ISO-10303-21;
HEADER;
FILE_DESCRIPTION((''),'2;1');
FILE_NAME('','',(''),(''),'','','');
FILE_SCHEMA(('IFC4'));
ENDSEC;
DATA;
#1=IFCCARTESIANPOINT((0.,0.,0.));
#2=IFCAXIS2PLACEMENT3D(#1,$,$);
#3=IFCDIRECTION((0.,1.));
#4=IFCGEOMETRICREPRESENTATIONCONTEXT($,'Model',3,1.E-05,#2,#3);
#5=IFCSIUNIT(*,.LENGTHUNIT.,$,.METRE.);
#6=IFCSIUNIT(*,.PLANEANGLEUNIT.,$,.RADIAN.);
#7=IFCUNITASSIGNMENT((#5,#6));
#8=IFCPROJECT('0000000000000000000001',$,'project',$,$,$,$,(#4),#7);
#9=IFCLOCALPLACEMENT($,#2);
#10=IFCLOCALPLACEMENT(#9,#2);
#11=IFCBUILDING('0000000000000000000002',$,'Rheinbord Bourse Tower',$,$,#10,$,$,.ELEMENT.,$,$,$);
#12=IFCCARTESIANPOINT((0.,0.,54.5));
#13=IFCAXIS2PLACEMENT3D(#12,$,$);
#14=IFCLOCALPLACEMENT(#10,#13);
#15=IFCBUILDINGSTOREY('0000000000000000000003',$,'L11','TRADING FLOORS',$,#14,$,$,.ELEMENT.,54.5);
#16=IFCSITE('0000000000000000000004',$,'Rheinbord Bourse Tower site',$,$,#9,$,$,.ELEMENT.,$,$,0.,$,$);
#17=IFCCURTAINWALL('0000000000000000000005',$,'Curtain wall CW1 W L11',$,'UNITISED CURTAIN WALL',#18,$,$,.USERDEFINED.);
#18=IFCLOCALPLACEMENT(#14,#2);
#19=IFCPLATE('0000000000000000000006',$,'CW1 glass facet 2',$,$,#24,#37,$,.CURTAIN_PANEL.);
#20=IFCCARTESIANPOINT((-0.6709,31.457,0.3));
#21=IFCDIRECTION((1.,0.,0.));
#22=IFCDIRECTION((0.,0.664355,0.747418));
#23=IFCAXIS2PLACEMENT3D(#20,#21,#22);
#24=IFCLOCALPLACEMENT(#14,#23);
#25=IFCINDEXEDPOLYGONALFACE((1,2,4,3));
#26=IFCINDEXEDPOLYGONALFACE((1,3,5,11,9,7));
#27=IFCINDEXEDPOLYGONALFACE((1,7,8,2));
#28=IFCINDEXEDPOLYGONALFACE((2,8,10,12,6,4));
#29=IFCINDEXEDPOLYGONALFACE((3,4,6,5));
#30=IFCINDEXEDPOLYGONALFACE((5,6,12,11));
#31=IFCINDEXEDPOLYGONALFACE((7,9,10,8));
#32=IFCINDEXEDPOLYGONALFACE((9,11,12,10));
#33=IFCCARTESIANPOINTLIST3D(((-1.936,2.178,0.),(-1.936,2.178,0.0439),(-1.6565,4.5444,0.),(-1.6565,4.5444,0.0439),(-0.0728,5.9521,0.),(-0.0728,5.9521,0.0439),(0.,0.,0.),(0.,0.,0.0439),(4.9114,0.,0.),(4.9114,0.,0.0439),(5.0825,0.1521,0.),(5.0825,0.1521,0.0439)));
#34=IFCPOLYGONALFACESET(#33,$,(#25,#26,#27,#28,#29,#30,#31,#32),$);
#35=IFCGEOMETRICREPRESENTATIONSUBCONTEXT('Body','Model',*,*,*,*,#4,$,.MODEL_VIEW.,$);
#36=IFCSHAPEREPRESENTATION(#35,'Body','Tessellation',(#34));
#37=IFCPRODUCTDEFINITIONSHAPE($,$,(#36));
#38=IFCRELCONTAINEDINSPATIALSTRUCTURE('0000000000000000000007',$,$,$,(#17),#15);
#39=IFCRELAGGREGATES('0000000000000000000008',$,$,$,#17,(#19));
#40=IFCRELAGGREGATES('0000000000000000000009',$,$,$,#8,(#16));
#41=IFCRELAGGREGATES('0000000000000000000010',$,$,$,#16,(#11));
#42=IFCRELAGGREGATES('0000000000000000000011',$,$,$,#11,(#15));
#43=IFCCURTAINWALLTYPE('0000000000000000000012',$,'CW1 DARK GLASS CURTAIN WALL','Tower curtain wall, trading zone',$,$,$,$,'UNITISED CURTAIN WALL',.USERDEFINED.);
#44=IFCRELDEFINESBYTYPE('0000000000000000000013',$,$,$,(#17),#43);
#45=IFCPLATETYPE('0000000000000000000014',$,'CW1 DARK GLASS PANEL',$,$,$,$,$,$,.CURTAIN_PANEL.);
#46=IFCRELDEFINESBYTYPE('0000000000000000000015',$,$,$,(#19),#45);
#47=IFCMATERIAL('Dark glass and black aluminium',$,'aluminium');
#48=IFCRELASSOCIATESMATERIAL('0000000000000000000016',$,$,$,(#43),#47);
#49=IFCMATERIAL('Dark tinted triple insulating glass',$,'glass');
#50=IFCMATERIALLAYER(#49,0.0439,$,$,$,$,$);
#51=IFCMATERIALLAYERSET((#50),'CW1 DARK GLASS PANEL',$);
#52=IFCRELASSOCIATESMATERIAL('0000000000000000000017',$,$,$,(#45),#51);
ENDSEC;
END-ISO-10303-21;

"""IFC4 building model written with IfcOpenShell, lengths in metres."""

from ifc_helpers import new_model, si_unit, direction, frame, origin, place, context, subcontext, project, spatial, polyline, outline, extrude, material, layer, layer_set, type_object, element, aggregate, save


model = new_model("IFC4")

# Units and contexts
model_context = context("Model", 3, precision=1e-05, world=origin(), true_north=direction((0.0, 1.0)))
body_context = subcontext(model_context, "Body", "Model", "MODEL_VIEW")
ifc_project = project(units=[si_unit("LENGTHUNIT", "METRE"), si_unit("PLANEANGLEUNIT", "RADIAN")], contexts=[model_context])

# Site, building, storey
site_placement = place(None, origin())
site = spatial("IfcSite", under=ifc_project, at=site_placement, Name="Rheinbord Bourse Tower site", CompositionType="ELEMENT", RefElevation=0.0)
building_placement = place(site_placement, origin())
building = spatial("IfcBuilding", under=site, at=building_placement, Name="Rheinbord Bourse Tower", CompositionType="ELEMENT")
storey_placement = place(building_placement, frame((0.0, 0.0, 54.5)))
storey = spatial("IfcBuildingStorey", under=building, at=storey_placement, Name="L11", Description="TRADING FLOORS", CompositionType="ELEMENT", Elevation=54.5)

# Curtain wall
ifc_material_1 = material(Name="Dark glass and black aluminium", Category="aluminium")
curtain_wall_type = type_object("IfcCurtainWallType", Name="CW1 DARK GLASS CURTAIN WALL", Description="Tower curtain wall, trading zone", ElementType="UNITISED CURTAIN WALL", PredefinedType="USERDEFINED", material=ifc_material_1)
curtain_wall_placement = place(storey_placement, origin())
curtain_wall = element("IfcCurtainWall", 1, at=curtain_wall_placement, inside=storey, type_object=curtain_wall_type, Name="Curtain wall CW1 W L11", ObjectType="UNITISED CURTAIN WALL", PredefinedType="USERDEFINED")

# Plate
ifc_material_2 = material(Name="Dark tinted triple insulating glass", Category="glass")
ifc_layer_1 = layer(ifc_material_2, 0.0439)
ifc_layer_set_1 = layer_set([ifc_layer_1], Name="CW1 DARK GLASS PANEL")
plate_type = type_object("IfcPlateType", Name="CW1 DARK GLASS PANEL", PredefinedType="CURTAIN_PANEL", material=ifc_layer_set_1)
plate_1_placement = place(storey_placement, frame((-0.6709, 31.457, 0.3), z_axis=(1.0, 0.0, 0.0), x_axis=(0.0, 0.664355, 0.747418)))
plate_1 = element("IfcPlate", 2, at=plate_1_placement, type_object=plate_type, Name="CW1 glass facet 2", PredefinedType="CURTAIN_PANEL", context=body_context, shape_type="SweptSolid", body=[
    extrude(outline(polyline([(0.0, 0.0), (4.9114, 0.0), (5.0825, 0.1521), (-0.0728, 5.9521), (-1.6565, 4.5444), (-1.936, 2.178), (0.0, 0.0)])), origin(), (0.0, 0.0, 1.0), 0.0439),
])
aggregate(curtain_wall, [plate_1])

save(model, "model.ifc")
